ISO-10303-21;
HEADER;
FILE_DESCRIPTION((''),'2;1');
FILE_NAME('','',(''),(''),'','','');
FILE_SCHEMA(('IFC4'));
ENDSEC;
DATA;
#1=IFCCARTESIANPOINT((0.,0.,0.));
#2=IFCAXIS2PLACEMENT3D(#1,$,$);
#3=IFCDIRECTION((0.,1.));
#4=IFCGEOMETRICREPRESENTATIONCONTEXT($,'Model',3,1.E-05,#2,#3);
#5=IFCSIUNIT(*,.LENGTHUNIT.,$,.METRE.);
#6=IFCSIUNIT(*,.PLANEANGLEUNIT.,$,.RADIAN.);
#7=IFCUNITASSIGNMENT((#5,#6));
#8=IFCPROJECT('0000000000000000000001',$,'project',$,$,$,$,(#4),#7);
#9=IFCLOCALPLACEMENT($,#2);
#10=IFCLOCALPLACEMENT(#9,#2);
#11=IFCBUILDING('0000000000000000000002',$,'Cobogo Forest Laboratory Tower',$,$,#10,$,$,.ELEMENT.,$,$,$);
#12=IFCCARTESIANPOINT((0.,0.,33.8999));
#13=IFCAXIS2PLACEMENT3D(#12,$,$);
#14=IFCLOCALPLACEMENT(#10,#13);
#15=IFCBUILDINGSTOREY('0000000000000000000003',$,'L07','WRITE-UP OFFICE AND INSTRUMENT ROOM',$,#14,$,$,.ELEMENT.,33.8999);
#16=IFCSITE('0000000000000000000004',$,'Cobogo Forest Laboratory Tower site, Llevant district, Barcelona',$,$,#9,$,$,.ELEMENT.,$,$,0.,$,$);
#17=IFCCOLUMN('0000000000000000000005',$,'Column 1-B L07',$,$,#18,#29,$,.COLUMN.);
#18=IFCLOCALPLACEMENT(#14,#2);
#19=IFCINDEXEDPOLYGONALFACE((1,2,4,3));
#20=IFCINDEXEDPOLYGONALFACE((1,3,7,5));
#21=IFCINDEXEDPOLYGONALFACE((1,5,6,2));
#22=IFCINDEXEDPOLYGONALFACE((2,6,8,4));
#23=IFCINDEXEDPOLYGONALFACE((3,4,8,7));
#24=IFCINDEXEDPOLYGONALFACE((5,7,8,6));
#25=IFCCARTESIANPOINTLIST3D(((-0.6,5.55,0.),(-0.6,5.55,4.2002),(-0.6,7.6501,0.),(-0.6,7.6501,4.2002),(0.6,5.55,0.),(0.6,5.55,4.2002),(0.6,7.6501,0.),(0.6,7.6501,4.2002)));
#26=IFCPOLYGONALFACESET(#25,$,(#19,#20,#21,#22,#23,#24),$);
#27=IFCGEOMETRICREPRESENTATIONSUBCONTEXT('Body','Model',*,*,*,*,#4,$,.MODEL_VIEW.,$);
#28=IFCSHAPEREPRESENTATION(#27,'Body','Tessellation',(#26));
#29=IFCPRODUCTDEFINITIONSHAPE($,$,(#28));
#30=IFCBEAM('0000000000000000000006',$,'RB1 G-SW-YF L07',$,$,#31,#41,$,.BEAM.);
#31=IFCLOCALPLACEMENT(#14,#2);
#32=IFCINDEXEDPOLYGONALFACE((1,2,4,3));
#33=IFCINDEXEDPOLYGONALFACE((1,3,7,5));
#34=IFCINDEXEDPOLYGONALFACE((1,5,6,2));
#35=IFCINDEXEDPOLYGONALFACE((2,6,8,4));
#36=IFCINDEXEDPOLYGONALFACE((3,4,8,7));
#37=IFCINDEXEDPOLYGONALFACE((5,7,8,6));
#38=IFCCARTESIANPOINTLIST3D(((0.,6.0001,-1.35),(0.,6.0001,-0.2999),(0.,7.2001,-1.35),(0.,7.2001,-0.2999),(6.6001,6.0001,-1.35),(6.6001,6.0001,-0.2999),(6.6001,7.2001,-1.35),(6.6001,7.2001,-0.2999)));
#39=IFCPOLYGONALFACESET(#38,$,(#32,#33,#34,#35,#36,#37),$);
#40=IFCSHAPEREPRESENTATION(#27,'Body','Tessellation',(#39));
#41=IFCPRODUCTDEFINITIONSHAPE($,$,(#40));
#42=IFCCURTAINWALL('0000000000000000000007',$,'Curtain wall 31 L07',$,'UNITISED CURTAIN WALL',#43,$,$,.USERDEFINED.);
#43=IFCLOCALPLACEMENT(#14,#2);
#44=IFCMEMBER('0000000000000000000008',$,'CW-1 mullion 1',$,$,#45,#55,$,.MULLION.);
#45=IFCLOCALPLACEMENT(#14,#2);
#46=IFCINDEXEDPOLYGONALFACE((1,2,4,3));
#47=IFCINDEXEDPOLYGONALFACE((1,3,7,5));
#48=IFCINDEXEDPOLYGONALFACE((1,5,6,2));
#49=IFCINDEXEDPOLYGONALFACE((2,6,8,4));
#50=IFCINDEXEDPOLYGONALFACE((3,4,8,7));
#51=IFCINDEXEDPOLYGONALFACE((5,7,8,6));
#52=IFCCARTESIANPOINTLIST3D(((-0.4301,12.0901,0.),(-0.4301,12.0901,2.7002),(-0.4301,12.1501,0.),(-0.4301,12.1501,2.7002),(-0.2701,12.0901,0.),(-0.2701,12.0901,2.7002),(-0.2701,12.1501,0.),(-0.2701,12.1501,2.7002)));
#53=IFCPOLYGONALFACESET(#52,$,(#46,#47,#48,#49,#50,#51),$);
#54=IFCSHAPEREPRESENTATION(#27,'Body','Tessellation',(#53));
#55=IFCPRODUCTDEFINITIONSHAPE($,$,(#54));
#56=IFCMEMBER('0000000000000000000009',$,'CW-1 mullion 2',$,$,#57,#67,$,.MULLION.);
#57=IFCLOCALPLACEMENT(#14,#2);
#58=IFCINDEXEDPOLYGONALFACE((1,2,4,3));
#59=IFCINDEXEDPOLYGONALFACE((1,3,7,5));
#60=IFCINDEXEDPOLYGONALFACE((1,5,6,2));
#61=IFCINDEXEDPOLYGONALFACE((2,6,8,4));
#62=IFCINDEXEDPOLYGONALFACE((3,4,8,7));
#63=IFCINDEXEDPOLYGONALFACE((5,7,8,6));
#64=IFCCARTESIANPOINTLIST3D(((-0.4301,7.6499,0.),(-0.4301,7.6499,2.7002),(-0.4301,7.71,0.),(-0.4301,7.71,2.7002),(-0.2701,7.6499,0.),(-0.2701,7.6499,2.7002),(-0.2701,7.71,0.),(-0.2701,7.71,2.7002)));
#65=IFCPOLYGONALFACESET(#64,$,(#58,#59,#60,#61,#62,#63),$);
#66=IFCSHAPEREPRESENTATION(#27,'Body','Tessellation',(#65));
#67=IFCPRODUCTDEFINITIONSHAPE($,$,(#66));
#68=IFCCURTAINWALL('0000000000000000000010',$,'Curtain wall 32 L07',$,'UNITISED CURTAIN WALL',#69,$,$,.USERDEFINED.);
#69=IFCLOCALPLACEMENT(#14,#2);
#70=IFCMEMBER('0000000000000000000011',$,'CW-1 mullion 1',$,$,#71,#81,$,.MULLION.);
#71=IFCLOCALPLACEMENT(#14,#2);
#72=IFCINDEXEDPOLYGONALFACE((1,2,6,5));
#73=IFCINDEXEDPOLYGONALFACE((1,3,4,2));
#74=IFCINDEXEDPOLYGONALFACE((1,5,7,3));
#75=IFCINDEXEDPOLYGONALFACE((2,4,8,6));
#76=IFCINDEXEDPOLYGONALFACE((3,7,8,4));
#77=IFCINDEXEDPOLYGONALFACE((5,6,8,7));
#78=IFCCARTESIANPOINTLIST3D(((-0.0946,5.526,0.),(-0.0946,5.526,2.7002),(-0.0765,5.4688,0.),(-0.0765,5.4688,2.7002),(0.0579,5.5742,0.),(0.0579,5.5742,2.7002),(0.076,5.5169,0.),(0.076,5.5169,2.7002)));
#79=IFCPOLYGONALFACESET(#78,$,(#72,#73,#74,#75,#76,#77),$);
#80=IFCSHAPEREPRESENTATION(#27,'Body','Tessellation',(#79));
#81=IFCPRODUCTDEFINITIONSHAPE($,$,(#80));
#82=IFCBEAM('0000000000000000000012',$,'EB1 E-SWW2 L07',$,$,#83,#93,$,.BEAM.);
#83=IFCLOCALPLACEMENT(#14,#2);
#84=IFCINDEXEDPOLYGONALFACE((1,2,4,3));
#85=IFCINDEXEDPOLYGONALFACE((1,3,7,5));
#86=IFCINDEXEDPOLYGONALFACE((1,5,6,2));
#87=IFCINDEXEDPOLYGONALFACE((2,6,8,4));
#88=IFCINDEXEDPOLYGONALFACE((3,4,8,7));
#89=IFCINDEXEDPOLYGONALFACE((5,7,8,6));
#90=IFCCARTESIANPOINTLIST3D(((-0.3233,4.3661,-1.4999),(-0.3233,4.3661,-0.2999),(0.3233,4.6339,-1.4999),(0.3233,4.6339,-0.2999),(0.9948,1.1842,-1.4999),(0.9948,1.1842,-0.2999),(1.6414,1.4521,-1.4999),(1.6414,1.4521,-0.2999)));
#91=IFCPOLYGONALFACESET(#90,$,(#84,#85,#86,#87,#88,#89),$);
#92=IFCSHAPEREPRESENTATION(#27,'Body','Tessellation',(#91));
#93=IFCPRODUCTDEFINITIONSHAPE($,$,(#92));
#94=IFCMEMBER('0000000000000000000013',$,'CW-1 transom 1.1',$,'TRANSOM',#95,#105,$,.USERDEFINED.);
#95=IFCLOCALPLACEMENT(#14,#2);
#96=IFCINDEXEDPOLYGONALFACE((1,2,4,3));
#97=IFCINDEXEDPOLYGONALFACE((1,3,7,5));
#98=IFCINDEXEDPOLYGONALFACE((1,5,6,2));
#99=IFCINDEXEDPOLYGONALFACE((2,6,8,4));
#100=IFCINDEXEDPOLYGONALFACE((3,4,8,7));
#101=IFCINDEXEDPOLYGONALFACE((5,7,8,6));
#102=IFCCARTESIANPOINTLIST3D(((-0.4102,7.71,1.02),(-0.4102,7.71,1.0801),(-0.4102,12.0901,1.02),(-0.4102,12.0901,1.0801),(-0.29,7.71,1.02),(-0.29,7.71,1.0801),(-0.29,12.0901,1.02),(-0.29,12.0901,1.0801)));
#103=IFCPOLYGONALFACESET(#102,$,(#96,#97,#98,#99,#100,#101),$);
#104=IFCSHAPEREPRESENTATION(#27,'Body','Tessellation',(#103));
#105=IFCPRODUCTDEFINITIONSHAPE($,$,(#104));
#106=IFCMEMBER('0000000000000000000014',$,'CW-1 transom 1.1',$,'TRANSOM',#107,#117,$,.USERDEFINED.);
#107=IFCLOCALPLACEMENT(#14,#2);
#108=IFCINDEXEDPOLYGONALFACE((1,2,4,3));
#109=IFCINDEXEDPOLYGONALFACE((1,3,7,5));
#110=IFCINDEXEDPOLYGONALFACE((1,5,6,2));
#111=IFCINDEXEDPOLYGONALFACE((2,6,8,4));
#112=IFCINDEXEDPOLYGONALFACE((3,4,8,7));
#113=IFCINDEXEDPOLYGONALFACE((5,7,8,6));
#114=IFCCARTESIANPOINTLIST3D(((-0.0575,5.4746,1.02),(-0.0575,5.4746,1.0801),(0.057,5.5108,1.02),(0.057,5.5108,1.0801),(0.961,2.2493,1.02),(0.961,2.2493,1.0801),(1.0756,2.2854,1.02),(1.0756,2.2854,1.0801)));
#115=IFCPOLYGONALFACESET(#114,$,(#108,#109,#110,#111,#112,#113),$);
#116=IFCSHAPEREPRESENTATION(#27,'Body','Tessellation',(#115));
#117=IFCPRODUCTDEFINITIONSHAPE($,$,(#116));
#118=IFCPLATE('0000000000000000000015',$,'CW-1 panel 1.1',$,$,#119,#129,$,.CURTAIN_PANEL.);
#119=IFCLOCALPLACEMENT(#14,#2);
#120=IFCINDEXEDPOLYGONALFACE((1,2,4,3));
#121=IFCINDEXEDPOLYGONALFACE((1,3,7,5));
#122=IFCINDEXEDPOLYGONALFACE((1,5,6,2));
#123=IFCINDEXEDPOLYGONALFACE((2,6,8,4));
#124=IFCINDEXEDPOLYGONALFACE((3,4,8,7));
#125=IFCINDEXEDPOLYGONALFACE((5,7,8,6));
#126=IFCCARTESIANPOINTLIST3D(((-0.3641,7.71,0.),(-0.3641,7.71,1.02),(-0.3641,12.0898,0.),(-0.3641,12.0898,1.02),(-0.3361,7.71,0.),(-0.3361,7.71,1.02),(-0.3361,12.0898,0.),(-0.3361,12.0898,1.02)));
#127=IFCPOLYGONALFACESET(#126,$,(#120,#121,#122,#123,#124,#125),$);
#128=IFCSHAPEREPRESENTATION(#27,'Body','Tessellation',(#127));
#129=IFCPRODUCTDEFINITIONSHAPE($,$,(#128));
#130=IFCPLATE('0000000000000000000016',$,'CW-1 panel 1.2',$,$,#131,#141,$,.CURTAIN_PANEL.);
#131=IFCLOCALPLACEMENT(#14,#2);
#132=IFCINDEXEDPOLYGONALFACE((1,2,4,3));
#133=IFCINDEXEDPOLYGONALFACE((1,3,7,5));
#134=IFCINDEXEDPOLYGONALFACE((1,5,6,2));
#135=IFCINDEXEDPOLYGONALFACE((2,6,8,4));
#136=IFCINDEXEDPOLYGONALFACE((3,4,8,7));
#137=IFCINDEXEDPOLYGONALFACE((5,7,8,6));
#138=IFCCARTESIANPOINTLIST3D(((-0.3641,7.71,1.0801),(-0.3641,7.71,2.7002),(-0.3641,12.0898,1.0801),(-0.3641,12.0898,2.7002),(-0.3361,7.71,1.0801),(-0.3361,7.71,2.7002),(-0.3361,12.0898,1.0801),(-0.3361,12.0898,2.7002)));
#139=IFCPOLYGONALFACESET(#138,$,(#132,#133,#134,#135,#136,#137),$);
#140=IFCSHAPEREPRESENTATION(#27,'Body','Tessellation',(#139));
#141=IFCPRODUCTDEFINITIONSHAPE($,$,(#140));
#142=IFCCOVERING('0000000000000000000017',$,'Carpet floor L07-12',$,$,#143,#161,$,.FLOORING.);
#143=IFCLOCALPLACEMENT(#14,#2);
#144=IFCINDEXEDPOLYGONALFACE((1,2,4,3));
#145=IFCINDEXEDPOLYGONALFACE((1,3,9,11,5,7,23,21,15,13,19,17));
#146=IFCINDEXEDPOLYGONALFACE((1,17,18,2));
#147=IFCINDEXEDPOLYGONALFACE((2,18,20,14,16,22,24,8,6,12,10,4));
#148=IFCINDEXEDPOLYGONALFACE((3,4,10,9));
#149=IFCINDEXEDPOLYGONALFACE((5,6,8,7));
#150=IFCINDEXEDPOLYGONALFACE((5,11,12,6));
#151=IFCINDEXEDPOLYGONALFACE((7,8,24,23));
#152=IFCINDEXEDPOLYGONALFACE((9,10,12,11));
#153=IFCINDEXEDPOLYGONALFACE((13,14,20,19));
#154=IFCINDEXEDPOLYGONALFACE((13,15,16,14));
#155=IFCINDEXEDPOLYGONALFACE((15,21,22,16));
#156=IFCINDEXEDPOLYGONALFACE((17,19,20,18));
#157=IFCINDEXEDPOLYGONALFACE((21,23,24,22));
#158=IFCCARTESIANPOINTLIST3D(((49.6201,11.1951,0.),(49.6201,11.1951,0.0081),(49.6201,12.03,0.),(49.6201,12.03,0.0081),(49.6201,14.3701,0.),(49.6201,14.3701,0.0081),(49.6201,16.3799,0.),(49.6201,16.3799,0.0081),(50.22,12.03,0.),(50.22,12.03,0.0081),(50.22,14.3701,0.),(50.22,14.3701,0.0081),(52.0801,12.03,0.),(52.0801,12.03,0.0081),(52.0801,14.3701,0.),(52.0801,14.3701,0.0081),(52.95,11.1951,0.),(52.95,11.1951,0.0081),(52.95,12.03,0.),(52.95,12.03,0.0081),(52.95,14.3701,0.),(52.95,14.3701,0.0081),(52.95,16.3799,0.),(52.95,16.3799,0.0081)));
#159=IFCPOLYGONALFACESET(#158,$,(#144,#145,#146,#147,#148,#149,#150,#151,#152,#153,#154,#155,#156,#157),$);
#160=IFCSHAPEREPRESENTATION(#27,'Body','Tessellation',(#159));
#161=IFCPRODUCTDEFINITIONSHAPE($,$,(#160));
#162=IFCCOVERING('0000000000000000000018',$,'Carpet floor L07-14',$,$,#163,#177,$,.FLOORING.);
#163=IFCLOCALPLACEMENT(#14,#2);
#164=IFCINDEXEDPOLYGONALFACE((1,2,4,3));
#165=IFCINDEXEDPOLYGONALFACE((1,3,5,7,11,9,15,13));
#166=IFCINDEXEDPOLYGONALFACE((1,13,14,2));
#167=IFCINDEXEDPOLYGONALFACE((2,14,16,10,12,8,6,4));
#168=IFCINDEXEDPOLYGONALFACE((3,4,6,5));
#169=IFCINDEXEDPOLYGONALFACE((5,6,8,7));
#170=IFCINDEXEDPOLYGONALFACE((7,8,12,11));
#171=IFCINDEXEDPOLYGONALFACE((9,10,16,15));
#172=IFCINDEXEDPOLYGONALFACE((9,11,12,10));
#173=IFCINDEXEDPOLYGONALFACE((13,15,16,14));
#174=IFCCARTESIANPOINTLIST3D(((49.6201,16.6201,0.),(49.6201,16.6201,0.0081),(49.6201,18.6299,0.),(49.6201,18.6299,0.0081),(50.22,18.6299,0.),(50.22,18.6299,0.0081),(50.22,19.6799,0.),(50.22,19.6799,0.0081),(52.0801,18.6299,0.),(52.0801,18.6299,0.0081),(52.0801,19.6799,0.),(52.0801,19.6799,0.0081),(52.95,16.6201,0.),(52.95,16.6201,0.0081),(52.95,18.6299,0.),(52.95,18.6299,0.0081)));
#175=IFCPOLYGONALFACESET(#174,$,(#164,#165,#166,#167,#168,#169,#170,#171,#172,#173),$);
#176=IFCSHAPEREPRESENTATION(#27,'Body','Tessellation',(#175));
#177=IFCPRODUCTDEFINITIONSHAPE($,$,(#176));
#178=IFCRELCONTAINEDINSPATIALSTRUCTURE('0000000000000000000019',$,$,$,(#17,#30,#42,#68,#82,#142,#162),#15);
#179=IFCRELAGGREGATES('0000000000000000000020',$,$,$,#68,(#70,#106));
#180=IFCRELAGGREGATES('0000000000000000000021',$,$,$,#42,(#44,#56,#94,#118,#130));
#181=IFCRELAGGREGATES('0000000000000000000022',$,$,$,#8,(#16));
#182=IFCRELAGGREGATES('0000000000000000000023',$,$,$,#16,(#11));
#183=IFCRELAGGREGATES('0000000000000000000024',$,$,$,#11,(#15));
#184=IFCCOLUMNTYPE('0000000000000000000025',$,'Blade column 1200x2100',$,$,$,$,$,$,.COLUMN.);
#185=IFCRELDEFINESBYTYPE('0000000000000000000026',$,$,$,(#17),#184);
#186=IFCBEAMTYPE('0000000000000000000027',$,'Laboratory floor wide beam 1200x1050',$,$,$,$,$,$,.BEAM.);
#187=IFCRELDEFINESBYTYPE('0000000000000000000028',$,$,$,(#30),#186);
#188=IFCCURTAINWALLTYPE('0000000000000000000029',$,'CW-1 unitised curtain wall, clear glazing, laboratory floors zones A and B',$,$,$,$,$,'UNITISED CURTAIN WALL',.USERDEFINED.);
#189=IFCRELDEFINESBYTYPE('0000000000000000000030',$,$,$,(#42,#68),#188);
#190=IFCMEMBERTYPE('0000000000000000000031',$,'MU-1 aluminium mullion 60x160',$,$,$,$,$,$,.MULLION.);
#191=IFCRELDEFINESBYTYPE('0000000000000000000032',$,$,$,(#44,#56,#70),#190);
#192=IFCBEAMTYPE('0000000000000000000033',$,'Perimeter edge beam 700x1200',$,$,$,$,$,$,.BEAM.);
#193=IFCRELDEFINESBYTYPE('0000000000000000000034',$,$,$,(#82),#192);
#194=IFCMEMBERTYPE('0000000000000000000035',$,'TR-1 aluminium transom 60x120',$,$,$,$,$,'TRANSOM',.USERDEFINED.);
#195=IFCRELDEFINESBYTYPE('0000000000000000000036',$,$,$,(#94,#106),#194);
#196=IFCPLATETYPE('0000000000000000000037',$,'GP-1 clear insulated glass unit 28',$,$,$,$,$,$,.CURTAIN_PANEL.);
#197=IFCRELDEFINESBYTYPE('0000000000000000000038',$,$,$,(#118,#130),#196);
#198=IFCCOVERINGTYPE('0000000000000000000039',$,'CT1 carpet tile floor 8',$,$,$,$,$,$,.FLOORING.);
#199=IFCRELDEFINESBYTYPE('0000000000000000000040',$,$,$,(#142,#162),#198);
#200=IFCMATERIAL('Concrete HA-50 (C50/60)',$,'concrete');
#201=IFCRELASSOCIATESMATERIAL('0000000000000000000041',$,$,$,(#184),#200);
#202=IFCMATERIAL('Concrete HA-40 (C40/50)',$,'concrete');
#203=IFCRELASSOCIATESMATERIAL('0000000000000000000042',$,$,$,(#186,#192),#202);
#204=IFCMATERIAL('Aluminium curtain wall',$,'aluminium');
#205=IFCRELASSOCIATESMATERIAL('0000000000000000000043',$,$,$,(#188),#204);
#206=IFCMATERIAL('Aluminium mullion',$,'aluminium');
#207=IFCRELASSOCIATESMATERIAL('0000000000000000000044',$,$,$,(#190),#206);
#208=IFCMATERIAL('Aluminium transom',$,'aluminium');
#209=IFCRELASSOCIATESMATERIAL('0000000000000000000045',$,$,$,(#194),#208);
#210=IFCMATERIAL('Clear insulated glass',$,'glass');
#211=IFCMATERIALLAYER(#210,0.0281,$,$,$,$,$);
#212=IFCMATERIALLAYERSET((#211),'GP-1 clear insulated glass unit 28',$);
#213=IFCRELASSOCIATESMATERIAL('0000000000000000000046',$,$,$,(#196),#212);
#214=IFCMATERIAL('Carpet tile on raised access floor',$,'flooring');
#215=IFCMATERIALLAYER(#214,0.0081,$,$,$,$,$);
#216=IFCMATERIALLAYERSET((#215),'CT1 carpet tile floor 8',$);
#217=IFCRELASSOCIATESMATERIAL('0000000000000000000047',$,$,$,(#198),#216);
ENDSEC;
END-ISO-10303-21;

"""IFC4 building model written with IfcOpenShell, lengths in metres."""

from ifc_helpers import new_model, si_unit, direction, frame, origin, origin_2d, place, context, subcontext, project, spatial, polyline, rectangle, outline, extrude, material, layer, layer_set, material_profile, profile_set, type_object, element, aggregate, save


model = new_model("IFC4")

# Units and contexts
model_context = context("Model", 3, precision=1e-05, world=origin(), true_north=direction((0.0, 1.0)))
body_context = subcontext(model_context, "Body", "Model", "MODEL_VIEW")
ifc_project = project(units=[si_unit("LENGTHUNIT", "METRE"), si_unit("PLANEANGLEUNIT", "RADIAN")], contexts=[model_context])

# Site, building, storey
site_placement = place(None, origin())
site = spatial("IfcSite", under=ifc_project, at=site_placement, Name="Cobogo Forest Laboratory Tower site, Llevant district, Barcelona", CompositionType="ELEMENT", RefElevation=0.0)
building_placement = place(site_placement, origin())
building = spatial("IfcBuilding", under=site, at=building_placement, Name="Cobogo Forest Laboratory Tower", CompositionType="ELEMENT")
storey_placement = place(building_placement, frame((0.0, 0.0, 33.8999)))
storey = spatial("IfcBuildingStorey", under=building, at=storey_placement, Name="L07", Description="WRITE-UP OFFICE AND INSTRUMENT ROOM", CompositionType="ELEMENT", Elevation=33.8999)

# Column
ifc_material_1 = material(Name="Concrete HA-50 (C50/60)", Category="concrete")
ifc_material_profile_1 = material_profile(ifc_material_1, rectangle(XDim=2.1001, YDim=1.2, at=origin_2d()), Name="RC 1200x2100")
ifc_profile_set_1 = profile_set([ifc_material_profile_1], Name="Concrete HA-50 (C50/60)")
column_type = type_object("IfcColumnType", Name="Blade column 1200x2100", PredefinedType="COLUMN", material=ifc_profile_set_1)
column_placement = place(storey_placement, frame((0.0, 6.6001, 0.0), z_axis=(0.0, 0.0, 1.0), x_axis=(0.0, 1.0, 0.0)))
element("IfcColumn", 1, at=column_placement, inside=storey, type_object=column_type, Name="Column 1-B L07", PredefinedType="COLUMN", context=body_context, shape_type="SweptSolid", body=[
    extrude(rectangle(XDim=2.1001, YDim=1.2, at=origin_2d()), origin(), (0.0, 0.0, 1.0), 4.2002),
])

# Beam
ifc_material_2 = material(Name="Concrete HA-40 (C40/50)", Category="concrete")
ifc_material_profile_2 = material_profile(ifc_material_2, rectangle(XDim=1.2, YDim=1.05, at=origin_2d()), Name="RC 1200x1050")
ifc_profile_set_2 = profile_set([ifc_material_profile_2], Name="Concrete HA-40 (C40/50)")
beam_type_1 = type_object("IfcBeamType", Name="Laboratory floor wide beam 1200x1050", PredefinedType="BEAM", material=ifc_profile_set_2)
beam_1_placement = place(storey_placement, frame((0.0, 6.6001, -0.825), z_axis=(1.0, 0.0, 0.0), x_axis=(0.0, 1.0, 0.0)))
element("IfcBeam", 2, at=beam_1_placement, inside=storey, type_object=beam_type_1, Name="RB1 G-SW-YF L07", PredefinedType="BEAM", context=body_context, shape_type="SweptSolid", body=[
    extrude(rectangle(XDim=1.2, YDim=1.05, at=origin_2d()), origin(), (0.0, 0.0, 1.0), 6.6001),
])

# Curtain wall, members
ifc_material_3 = material(Name="Aluminium curtain wall", Category="aluminium")
curtain_wall_type = type_object("IfcCurtainWallType", Name="CW-1 unitised curtain wall, clear glazing, laboratory floors zones A and B", ElementType="UNITISED CURTAIN WALL", PredefinedType="USERDEFINED", material=ifc_material_3)
curtain_wall_1_placement = place(storey_placement, origin())
curtain_wall_1 = element("IfcCurtainWall", 3, at=curtain_wall_1_placement, inside=storey, type_object=curtain_wall_type, Name="Curtain wall 31 L07", ObjectType="UNITISED CURTAIN WALL", PredefinedType="USERDEFINED")
ifc_material_4 = material(Name="Aluminium mullion", Category="aluminium")
ifc_material_profile_3 = material_profile(ifc_material_4, rectangle(XDim=0.0601, YDim=0.1599, at=origin_2d()), Name="AL 60x160")
ifc_profile_set_3 = profile_set([ifc_material_profile_3], Name="Aluminium mullion")
member_type_1 = type_object("IfcMemberType", Name="MU-1 aluminium mullion 60x160", PredefinedType="MULLION", material=ifc_profile_set_3)
member_1_placement = place(storey_placement, frame((-0.3501, 12.1201, 0.0), z_axis=(0.0, 0.0, 1.0), x_axis=(0.0, -1.0, 0.0)))
member_1 = element("IfcMember", 4, at=member_1_placement, type_object=member_type_1, Name="CW-1 mullion 1", PredefinedType="MULLION", context=body_context, shape_type="SweptSolid", body=[
    extrude(rectangle(XDim=0.0601, YDim=0.1599, at=origin_2d()), origin(), (0.0, 0.0, 1.0), 2.7002),
])
member_2_placement = place(storey_placement, frame((-0.3501, 7.6799, 0.0), z_axis=(0.0, 0.0, 1.0), x_axis=(0.0, -1.0, 0.0)))
member_2 = element("IfcMember", 5, at=member_2_placement, type_object=member_type_1, Name="CW-1 mullion 2", PredefinedType="MULLION", context=body_context, shape_type="SweptSolid", body=[
    extrude(rectangle(XDim=0.0601, YDim=0.1599, at=origin_2d()), origin(), (0.0, 0.0, 1.0), 2.7002),
])

# Curtain wall, member
curtain_wall_2_placement = place(storey_placement, origin())
curtain_wall_2 = element("IfcCurtainWall", 6, at=curtain_wall_2_placement, inside=storey, type_object=curtain_wall_type, Name="Curtain wall 32 L07", ObjectType="UNITISED CURTAIN WALL", PredefinedType="USERDEFINED")
member_3_placement = place(storey_placement, frame((-0.0093, 5.5215, 0.0), z_axis=(0.0, 0.0, 1.0), x_axis=(0.301135, -0.953581, 0.0)))
member_3 = element("IfcMember", 7, at=member_3_placement, type_object=member_type_1, Name="CW-1 mullion 1", PredefinedType="MULLION", context=body_context, shape_type="SweptSolid", body=[
    extrude(rectangle(XDim=0.0601, YDim=0.1599, at=origin_2d()), origin(), (0.0, 0.0, 1.0), 2.7002),
])

# Beam
ifc_material_profile_4 = material_profile(ifc_material_2, rectangle(XDim=0.7, YDim=1.2, at=origin_2d()), Name="RC 700x1200")
ifc_profile_set_4 = profile_set([ifc_material_profile_4], Name="Concrete HA-40 (C40/50)")
beam_type_2 = type_object("IfcBeamType", Name="Perimeter edge beam 700x1200", PredefinedType="BEAM", material=ifc_profile_set_4)
beam_2_placement = place(storey_placement, frame((0.0, 4.5, -0.8999), z_axis=(0.382717, -0.923866, 0.0), x_axis=(0.923866, 0.382717, 0.0)))
element("IfcBeam", 8, at=beam_2_placement, inside=storey, type_object=beam_type_2, Name="EB1 E-SWW2 L07", PredefinedType="BEAM", context=body_context, shape_type="SweptSolid", body=[
    extrude(rectangle(XDim=0.7, YDim=1.2, at=origin_2d()), origin(), (0.0, 0.0, 1.0), 3.4441),
])

# Members
ifc_material_5 = material(Name="Aluminium transom", Category="aluminium")
ifc_material_profile_5 = material_profile(ifc_material_5, rectangle(XDim=0.1201, YDim=0.0601, at=origin_2d()), Name="AL 60x120")
ifc_profile_set_5 = profile_set([ifc_material_profile_5], Name="Aluminium transom")
member_type_2 = type_object("IfcMemberType", Name="TR-1 aluminium transom 60x120", ElementType="TRANSOM", PredefinedType="USERDEFINED", material=ifc_profile_set_5)
member_4_placement = place(storey_placement, frame((-0.3501, 12.0901, 1.05), z_axis=(0.0, -1.0, 0.0), x_axis=(1.0, 0.0, 0.0)))
member_4 = element("IfcMember", 9, at=member_4_placement, type_object=member_type_2, Name="CW-1 transom 1.1", ObjectType="TRANSOM", PredefinedType="USERDEFINED", context=body_context, shape_type="SweptSolid", body=[
    extrude(rectangle(XDim=0.1201, YDim=0.0601, at=origin_2d()), origin(), (0.0, 0.0, 1.0), 4.3801),
])
member_5_placement = place(storey_placement, frame((-0.0002, 5.4927, 1.05), z_axis=(0.301138, -0.95358, 0.0), x_axis=(0.95358, 0.301138, 0.0)))
member_5 = element("IfcMember", 10, at=member_5_placement, type_object=member_type_2, Name="CW-1 transom 1.1", ObjectType="TRANSOM", PredefinedType="USERDEFINED", context=body_context, shape_type="SweptSolid", body=[
    extrude(rectangle(XDim=0.1201, YDim=0.0601, at=origin_2d()), origin(), (0.0, 0.0, 1.0), 3.3823),
])
aggregate(curtain_wall_2, [member_3, member_5])

# Plates
ifc_material_6 = material(Name="Clear insulated glass", Category="glass")
ifc_layer_1 = layer(ifc_material_6, 0.0281)
ifc_layer_set_1 = layer_set([ifc_layer_1], Name="GP-1 clear insulated glass unit 28")
plate_type_1 = type_object("IfcPlateType", Name="GP-1 clear insulated glass unit 28", PredefinedType="CURTAIN_PANEL", material=ifc_layer_set_1)
plate_1_placement = place(storey_placement, frame((-0.3501, 9.8999, 0.0), z_axis=(0.0, 0.0, 1.0), x_axis=(0.0, -1.0, 0.0)))
plate_1 = element("IfcPlate", 11, at=plate_1_placement, type_object=plate_type_1, Name="CW-1 panel 1.1", PredefinedType="CURTAIN_PANEL", context=body_context, shape_type="SweptSolid", body=[
    extrude(rectangle(XDim=4.3799, YDim=0.0281, at=origin_2d()), origin(), (0.0, 0.0, 1.0), 1.02),
])
plate_2_placement = place(storey_placement, frame((-0.3501, 9.8999, 1.0801), z_axis=(0.0, 0.0, 1.0), x_axis=(0.0, -1.0, 0.0)))
plate_2 = element("IfcPlate", 12, at=plate_2_placement, type_object=plate_type_1, Name="CW-1 panel 1.2", PredefinedType="CURTAIN_PANEL", context=body_context, shape_type="SweptSolid", body=[
    extrude(rectangle(XDim=4.3799, YDim=0.0281, at=origin_2d()), origin(), (0.0, 0.0, 1.0), 1.6201),
])
aggregate(curtain_wall_1, [member_1, member_2, member_4, plate_1, plate_2])

# Coverings
ifc_material_7 = material(Name="Carpet tile on raised access floor", Category="flooring")
ifc_layer_2 = layer(ifc_material_7, 0.0081)
ifc_layer_set_2 = layer_set([ifc_layer_2], Name="CT1 carpet tile floor 8")
covering_type_1 = type_object("IfcCoveringType", Name="CT1 carpet tile floor 8", PredefinedType="FLOORING", material=ifc_layer_set_2)
covering_1_placement = place(storey_placement, origin())
element("IfcCovering", 13, at=covering_1_placement, inside=storey, type_object=covering_type_1, Name="Carpet floor L07-12", PredefinedType="FLOORING", context=body_context, shape_type="SweptSolid", body=[
    extrude(outline(polyline([(49.6201, 12.03), (50.22, 12.03), (50.22, 14.3701), (49.6201, 14.3701), (49.6201, 16.3799), (52.95, 16.3799), (52.95, 14.3701), (52.0801, 14.3701), (52.0801, 12.03), (52.95, 12.03), (52.95, 11.1951), (49.6201, 11.1951), (49.6201, 12.03)])), origin(), (0.0, 0.0, 1.0), 0.0081),
])
covering_2_placement = place(storey_placement, origin())
element("IfcCovering", 14, at=covering_2_placement, inside=storey, type_object=covering_type_1, Name="Carpet floor L07-14", PredefinedType="FLOORING", context=body_context, shape_type="SweptSolid", body=[
    extrude(outline(polyline([(49.6201, 18.6299), (50.22, 18.6299), (50.22, 19.6799), (52.0801, 19.6799), (52.0801, 18.6299), (52.95, 18.6299), (52.95, 16.6201), (49.6201, 16.6201), (49.6201, 18.6299)])), origin(), (0.0, 0.0, 1.0), 0.0081),
])

save(model, "model.ifc")
